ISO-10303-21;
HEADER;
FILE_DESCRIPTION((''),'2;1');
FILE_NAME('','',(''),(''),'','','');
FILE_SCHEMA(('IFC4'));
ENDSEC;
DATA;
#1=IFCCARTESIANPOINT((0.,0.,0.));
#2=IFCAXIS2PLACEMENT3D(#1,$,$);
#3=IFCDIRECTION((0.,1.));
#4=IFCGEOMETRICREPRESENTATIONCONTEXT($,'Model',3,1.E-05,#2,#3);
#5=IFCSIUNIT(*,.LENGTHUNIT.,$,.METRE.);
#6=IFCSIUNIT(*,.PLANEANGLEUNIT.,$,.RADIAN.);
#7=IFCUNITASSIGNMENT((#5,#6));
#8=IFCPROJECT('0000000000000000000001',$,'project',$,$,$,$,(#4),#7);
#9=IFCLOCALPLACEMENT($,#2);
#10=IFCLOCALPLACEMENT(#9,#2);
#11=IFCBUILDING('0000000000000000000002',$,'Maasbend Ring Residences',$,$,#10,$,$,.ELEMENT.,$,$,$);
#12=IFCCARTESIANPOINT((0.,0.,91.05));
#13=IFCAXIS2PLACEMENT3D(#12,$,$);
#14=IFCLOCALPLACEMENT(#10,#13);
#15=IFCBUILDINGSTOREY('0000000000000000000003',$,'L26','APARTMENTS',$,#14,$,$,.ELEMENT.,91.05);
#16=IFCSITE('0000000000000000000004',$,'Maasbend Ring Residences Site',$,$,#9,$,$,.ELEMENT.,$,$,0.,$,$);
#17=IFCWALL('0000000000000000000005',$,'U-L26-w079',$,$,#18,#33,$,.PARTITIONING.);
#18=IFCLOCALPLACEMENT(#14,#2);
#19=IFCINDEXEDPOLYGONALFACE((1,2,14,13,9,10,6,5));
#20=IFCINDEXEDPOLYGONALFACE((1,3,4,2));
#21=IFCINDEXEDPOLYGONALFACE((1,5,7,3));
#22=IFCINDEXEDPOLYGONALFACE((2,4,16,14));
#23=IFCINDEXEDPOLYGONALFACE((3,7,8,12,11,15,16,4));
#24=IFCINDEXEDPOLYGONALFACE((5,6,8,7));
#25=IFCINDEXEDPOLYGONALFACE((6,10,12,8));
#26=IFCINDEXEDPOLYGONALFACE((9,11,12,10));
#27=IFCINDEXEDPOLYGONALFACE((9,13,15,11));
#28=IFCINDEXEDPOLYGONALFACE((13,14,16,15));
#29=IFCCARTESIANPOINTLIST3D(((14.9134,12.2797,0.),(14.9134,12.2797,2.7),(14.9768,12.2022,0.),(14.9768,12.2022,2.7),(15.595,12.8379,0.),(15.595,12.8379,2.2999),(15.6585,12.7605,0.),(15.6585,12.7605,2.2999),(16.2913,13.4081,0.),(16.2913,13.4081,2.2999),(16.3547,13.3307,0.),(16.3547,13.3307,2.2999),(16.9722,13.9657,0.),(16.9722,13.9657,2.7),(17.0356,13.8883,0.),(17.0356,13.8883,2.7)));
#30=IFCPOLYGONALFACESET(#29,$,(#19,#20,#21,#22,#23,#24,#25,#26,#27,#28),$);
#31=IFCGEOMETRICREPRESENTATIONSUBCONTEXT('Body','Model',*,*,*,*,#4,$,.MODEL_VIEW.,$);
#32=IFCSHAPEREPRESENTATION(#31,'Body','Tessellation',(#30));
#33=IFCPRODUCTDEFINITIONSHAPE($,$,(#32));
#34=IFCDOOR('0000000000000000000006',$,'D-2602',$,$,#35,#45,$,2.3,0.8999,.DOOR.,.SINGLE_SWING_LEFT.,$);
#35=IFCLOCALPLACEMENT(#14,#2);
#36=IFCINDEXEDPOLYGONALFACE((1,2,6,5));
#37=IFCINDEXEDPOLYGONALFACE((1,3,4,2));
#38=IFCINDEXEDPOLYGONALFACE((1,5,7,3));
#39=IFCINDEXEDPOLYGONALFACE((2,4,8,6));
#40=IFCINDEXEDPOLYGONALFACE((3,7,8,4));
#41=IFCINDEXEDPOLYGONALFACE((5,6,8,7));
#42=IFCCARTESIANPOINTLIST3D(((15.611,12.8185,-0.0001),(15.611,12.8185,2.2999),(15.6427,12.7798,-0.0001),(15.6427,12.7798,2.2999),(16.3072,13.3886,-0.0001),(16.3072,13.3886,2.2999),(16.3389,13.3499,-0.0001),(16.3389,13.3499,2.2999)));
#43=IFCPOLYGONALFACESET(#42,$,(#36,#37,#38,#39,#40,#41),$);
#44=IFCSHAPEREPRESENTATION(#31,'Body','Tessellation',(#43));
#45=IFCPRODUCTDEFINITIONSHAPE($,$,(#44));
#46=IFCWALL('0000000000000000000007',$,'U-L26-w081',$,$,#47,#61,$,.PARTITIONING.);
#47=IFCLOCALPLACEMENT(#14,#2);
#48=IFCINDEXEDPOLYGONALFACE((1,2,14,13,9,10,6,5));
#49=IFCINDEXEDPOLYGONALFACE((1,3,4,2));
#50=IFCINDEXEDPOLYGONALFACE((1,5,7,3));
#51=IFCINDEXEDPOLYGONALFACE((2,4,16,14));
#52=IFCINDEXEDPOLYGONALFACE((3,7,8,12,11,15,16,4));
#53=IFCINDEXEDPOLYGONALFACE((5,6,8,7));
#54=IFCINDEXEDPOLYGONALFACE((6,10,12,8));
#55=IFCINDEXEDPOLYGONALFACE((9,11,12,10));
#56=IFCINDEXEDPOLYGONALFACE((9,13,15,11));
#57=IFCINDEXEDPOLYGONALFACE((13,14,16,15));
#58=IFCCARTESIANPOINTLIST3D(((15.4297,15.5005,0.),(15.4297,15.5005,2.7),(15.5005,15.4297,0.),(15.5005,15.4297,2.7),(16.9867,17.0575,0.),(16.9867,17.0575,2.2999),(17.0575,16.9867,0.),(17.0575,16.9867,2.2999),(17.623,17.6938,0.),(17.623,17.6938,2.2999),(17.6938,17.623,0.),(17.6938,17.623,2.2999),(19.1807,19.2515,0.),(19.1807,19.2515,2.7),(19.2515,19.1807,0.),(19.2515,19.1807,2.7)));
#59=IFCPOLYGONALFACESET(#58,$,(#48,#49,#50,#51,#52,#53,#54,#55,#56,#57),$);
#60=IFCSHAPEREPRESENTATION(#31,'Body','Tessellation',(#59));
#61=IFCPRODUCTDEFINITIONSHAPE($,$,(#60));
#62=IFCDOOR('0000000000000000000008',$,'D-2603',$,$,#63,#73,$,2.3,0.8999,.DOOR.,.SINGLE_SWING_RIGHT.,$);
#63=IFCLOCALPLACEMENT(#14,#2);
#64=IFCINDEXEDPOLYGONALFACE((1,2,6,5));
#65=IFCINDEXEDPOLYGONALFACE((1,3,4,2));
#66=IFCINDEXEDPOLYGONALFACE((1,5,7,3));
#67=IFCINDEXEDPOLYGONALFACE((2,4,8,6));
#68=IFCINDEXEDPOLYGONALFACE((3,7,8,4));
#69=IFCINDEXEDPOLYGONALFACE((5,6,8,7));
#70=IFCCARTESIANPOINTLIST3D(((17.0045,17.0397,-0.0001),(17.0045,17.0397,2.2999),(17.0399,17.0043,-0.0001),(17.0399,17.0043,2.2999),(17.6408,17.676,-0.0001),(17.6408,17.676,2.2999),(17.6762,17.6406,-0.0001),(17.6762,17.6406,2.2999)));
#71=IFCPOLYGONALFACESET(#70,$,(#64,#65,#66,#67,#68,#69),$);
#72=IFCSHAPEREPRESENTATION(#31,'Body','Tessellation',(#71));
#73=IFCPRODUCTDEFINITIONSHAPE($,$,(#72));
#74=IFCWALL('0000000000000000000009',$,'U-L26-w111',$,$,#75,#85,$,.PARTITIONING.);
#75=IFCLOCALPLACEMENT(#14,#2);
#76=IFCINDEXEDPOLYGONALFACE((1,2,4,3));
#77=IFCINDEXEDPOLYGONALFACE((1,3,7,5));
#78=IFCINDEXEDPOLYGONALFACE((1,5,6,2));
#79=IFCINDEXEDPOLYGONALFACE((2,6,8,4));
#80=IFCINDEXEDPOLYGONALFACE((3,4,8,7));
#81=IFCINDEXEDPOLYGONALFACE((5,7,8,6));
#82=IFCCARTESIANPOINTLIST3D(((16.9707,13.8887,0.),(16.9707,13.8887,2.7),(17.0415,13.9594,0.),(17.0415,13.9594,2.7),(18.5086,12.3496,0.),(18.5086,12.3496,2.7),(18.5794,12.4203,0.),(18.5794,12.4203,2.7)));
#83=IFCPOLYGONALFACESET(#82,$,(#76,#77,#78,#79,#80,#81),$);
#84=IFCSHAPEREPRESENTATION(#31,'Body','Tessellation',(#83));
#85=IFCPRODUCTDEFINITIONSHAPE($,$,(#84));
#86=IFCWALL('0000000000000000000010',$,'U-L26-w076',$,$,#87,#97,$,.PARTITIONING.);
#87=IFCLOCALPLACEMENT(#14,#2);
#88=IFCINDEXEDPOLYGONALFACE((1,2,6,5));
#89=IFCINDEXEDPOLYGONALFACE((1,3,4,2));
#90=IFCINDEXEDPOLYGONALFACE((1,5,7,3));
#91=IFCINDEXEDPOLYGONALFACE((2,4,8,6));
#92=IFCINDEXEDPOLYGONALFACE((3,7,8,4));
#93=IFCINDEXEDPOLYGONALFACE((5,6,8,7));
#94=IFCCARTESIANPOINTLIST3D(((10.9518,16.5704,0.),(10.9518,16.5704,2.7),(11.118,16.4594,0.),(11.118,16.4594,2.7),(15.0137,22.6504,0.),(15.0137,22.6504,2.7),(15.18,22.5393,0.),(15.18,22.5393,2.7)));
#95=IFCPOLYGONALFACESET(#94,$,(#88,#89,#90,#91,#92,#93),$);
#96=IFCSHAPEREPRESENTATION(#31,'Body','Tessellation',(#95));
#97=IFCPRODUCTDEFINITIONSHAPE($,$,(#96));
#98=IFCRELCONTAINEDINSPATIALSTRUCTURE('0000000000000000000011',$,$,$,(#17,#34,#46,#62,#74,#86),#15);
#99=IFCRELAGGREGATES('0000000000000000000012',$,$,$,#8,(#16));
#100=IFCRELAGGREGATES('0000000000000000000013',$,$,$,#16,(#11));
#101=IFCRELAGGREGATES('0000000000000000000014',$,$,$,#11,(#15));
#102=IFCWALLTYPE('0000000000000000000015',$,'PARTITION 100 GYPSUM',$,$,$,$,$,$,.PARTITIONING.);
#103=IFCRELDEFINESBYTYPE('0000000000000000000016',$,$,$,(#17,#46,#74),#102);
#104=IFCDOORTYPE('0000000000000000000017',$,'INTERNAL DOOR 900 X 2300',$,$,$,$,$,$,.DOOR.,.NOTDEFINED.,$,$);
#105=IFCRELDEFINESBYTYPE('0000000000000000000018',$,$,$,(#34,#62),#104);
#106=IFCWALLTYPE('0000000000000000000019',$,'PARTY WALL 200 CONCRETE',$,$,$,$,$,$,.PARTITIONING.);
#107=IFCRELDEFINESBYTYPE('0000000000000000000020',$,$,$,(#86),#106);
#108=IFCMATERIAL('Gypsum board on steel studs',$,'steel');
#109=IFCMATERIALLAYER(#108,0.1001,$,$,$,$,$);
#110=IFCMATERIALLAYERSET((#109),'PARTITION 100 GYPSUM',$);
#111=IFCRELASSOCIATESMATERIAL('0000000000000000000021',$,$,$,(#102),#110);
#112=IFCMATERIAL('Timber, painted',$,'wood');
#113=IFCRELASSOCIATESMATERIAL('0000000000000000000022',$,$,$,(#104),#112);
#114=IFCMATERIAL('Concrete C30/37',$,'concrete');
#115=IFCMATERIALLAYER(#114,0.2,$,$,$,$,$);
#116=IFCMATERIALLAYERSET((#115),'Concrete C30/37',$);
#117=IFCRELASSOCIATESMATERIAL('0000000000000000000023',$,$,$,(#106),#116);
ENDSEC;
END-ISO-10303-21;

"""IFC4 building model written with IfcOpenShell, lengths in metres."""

from ifc_helpers import new_model, si_unit, direction, frame, frame_2d, origin, place, context, subcontext, project, spatial, rectangle, extrude, material, layer, layer_set, type_object, element, fill, save


model = new_model("IFC4")

# Units and contexts
model_context = context("Model", 3, precision=1e-05, world=origin(), true_north=direction((0.0, 1.0)))
body_context = subcontext(model_context, "Body", "Model", "MODEL_VIEW")
ifc_project = project(units=[si_unit("LENGTHUNIT", "METRE"), si_unit("PLANEANGLEUNIT", "RADIAN")], contexts=[model_context])

# Site, building, storey
site_placement = place(None, origin())
site = spatial("IfcSite", under=ifc_project, at=site_placement, Name="Maasbend Ring Residences Site", CompositionType="ELEMENT", RefElevation=0.0)
building_placement = place(site_placement, origin())
building = spatial("IfcBuilding", under=site, at=building_placement, Name="Maasbend Ring Residences", CompositionType="ELEMENT")
storey_placement = place(building_placement, frame((0.0, 0.0, 91.05)))
storey = spatial("IfcBuildingStorey", under=building, at=storey_placement, Name="L26", Description="APARTMENTS", CompositionType="ELEMENT", Elevation=91.05)

# Shared definitions
ifc_material_1 = material(Name="Gypsum board on steel studs", Category="steel")
ifc_layer_1 = layer(ifc_material_1, 0.1001)
ifc_layer_set_1 = layer_set([ifc_layer_1], Name="PARTITION 100 GYPSUM")
wall_type_1 = type_object("IfcWallType", Name="PARTITION 100 GYPSUM", PredefinedType="PARTITIONING", material=ifc_layer_set_1)

# Walls, openings, doors
wall_1_placement = place(storey_placement, frame((14.9451, 12.241, 0.0), z_axis=(0.0, 0.0, 1.0), x_axis=(0.773675, 0.633582, 0.0)))
wall_1 = element("IfcWall", 1, at=wall_1_placement, inside=storey, type_object=wall_type_1, Name="U-L26-w079", PredefinedType="PARTITIONING", context=body_context, shape_type="SweptSolid", body=[
    extrude(rectangle(XDim=2.6611, YDim=0.1001, at=frame_2d((1.3306, 0.0))), origin(), (0.0, 0.0, 1.0), 2.7),
])
opening_1_placement = place(wall_1_placement, frame((0.8811, 0.0, 0.0)))
opening_1 = element("IfcOpeningElement", 2, at=opening_1_placement, cuts=wall_1, PredefinedType="OPENING", context=body_context, shape_type="SweptSolid", body=[
    extrude(rectangle(XDim=0.8999, YDim=2.3, at=frame_2d((0.45, 1.1499))), frame((0.0, 0.0601, 0.0), z_axis=(0.0, -1.0, 0.0), x_axis=(1.0, 0.0, 0.0)), (0.0, 0.0, 1.0), 0.1201),
])
ifc_material_2 = material(Name="Timber, painted", Category="wood")
door_type_1 = type_object("IfcDoorType", Name="INTERNAL DOOR 900 X 2300", OperationType="NOTDEFINED", PredefinedType="DOOR", material=ifc_material_2)
door_1_placement = place(opening_1_placement, origin())
door_1 = element("IfcDoor", 3, at=door_1_placement, inside=storey, type_object=door_type_1, Name="D-2602", OperationType="SINGLE_SWING_LEFT", OverallHeight=2.3, OverallWidth=0.8999, PredefinedType="DOOR", context=body_context, shape_type="SweptSolid", body=[
    extrude(rectangle(XDim=0.8999, YDim=2.3, at=frame_2d((0.45, 1.1499))), frame((0.0, 0.0249, 0.0), z_axis=(0.0, -1.0, 0.0), x_axis=(1.0, 0.0, 0.0)), (0.0, 0.0, 1.0), 0.05),
])
fill(opening_1, door_1)
wall_2_placement = place(storey_placement, frame((15.4651, 15.4651, 0.0), z_axis=(0.0, 0.0, 1.0), x_axis=(0.707107, 0.707107, 0.0)))
wall_2 = element("IfcWall", 4, at=wall_2_placement, inside=storey, type_object=wall_type_1, Name="U-L26-w081", PredefinedType="PARTITIONING", context=body_context, shape_type="SweptSolid", body=[
    extrude(rectangle(XDim=5.3047, YDim=0.1001, at=frame_2d((2.6523, 0.0))), origin(), (0.0, 0.0, 1.0), 2.7),
])
opening_2_placement = place(wall_2_placement, frame((2.2019, 0.0, 0.0)))
opening_2 = element("IfcOpeningElement", 5, at=opening_2_placement, cuts=wall_2, PredefinedType="OPENING", context=body_context, shape_type="SweptSolid", body=[
    extrude(rectangle(XDim=0.8999, YDim=2.3, at=frame_2d((0.45, 1.1499))), frame((0.0, 0.0601, 0.0), z_axis=(0.0, -1.0, 0.0), x_axis=(1.0, 0.0, 0.0)), (0.0, 0.0, 1.0), 0.1201),
])
door_2_placement = place(opening_2_placement, origin())
door_2 = element("IfcDoor", 6, at=door_2_placement, inside=storey, type_object=door_type_1, Name="D-2603", OperationType="SINGLE_SWING_RIGHT", OverallHeight=2.3, OverallWidth=0.8999, PredefinedType="DOOR", context=body_context, shape_type="SweptSolid", body=[
    extrude(rectangle(XDim=0.8999, YDim=2.3, at=frame_2d((0.45, 1.1499))), frame((0.0, 0.0249, 0.0), z_axis=(0.0, -1.0, 0.0), x_axis=(1.0, 0.0, 0.0)), (0.0, 0.0, 1.0), 0.05),
])
fill(opening_2, door_2)

# Walls
wall_3_placement = place(storey_placement, frame((17.0061, 13.9241, 0.0), z_axis=(0.0, 0.0, 1.0), x_axis=(0.706826, -0.707387, 0.0)))
element("IfcWall", 7, at=wall_3_placement, inside=storey, type_object=wall_type_1, Name="U-L26-w111", PredefinedType="PARTITIONING", context=body_context, shape_type="SweptSolid", body=[
    extrude(rectangle(XDim=2.1758, YDim=0.1001, at=frame_2d((1.0879, 0.0))), origin(), (0.0, 0.0, 1.0), 2.7),
])
ifc_material_3 = material(Name="Concrete C30/37", Category="concrete")
ifc_layer_2 = layer(ifc_material_3, 0.2)
ifc_layer_set_2 = layer_set([ifc_layer_2], Name="Concrete C30/37")
wall_type_2 = type_object("IfcWallType", Name="PARTY WALL 200 CONCRETE", PredefinedType="PARTITIONING", material=ifc_layer_set_2)
wall_4_placement = place(storey_placement, frame((11.0349, 16.5149, 0.0), z_axis=(0.0, 0.0, 1.0), x_axis=(0.555517, 0.831505, 0.0)))
element("IfcWall", 8, at=wall_4_placement, inside=storey, type_object=wall_type_2, Name="U-L26-w076", PredefinedType="PARTITIONING", context=body_context, shape_type="SweptSolid", body=[
    extrude(rectangle(XDim=7.312, YDim=0.2, at=frame_2d((3.656, 0.0))), origin(), (0.0, 0.0, 1.0), 2.7),
])

save(model, "model.ifc")
